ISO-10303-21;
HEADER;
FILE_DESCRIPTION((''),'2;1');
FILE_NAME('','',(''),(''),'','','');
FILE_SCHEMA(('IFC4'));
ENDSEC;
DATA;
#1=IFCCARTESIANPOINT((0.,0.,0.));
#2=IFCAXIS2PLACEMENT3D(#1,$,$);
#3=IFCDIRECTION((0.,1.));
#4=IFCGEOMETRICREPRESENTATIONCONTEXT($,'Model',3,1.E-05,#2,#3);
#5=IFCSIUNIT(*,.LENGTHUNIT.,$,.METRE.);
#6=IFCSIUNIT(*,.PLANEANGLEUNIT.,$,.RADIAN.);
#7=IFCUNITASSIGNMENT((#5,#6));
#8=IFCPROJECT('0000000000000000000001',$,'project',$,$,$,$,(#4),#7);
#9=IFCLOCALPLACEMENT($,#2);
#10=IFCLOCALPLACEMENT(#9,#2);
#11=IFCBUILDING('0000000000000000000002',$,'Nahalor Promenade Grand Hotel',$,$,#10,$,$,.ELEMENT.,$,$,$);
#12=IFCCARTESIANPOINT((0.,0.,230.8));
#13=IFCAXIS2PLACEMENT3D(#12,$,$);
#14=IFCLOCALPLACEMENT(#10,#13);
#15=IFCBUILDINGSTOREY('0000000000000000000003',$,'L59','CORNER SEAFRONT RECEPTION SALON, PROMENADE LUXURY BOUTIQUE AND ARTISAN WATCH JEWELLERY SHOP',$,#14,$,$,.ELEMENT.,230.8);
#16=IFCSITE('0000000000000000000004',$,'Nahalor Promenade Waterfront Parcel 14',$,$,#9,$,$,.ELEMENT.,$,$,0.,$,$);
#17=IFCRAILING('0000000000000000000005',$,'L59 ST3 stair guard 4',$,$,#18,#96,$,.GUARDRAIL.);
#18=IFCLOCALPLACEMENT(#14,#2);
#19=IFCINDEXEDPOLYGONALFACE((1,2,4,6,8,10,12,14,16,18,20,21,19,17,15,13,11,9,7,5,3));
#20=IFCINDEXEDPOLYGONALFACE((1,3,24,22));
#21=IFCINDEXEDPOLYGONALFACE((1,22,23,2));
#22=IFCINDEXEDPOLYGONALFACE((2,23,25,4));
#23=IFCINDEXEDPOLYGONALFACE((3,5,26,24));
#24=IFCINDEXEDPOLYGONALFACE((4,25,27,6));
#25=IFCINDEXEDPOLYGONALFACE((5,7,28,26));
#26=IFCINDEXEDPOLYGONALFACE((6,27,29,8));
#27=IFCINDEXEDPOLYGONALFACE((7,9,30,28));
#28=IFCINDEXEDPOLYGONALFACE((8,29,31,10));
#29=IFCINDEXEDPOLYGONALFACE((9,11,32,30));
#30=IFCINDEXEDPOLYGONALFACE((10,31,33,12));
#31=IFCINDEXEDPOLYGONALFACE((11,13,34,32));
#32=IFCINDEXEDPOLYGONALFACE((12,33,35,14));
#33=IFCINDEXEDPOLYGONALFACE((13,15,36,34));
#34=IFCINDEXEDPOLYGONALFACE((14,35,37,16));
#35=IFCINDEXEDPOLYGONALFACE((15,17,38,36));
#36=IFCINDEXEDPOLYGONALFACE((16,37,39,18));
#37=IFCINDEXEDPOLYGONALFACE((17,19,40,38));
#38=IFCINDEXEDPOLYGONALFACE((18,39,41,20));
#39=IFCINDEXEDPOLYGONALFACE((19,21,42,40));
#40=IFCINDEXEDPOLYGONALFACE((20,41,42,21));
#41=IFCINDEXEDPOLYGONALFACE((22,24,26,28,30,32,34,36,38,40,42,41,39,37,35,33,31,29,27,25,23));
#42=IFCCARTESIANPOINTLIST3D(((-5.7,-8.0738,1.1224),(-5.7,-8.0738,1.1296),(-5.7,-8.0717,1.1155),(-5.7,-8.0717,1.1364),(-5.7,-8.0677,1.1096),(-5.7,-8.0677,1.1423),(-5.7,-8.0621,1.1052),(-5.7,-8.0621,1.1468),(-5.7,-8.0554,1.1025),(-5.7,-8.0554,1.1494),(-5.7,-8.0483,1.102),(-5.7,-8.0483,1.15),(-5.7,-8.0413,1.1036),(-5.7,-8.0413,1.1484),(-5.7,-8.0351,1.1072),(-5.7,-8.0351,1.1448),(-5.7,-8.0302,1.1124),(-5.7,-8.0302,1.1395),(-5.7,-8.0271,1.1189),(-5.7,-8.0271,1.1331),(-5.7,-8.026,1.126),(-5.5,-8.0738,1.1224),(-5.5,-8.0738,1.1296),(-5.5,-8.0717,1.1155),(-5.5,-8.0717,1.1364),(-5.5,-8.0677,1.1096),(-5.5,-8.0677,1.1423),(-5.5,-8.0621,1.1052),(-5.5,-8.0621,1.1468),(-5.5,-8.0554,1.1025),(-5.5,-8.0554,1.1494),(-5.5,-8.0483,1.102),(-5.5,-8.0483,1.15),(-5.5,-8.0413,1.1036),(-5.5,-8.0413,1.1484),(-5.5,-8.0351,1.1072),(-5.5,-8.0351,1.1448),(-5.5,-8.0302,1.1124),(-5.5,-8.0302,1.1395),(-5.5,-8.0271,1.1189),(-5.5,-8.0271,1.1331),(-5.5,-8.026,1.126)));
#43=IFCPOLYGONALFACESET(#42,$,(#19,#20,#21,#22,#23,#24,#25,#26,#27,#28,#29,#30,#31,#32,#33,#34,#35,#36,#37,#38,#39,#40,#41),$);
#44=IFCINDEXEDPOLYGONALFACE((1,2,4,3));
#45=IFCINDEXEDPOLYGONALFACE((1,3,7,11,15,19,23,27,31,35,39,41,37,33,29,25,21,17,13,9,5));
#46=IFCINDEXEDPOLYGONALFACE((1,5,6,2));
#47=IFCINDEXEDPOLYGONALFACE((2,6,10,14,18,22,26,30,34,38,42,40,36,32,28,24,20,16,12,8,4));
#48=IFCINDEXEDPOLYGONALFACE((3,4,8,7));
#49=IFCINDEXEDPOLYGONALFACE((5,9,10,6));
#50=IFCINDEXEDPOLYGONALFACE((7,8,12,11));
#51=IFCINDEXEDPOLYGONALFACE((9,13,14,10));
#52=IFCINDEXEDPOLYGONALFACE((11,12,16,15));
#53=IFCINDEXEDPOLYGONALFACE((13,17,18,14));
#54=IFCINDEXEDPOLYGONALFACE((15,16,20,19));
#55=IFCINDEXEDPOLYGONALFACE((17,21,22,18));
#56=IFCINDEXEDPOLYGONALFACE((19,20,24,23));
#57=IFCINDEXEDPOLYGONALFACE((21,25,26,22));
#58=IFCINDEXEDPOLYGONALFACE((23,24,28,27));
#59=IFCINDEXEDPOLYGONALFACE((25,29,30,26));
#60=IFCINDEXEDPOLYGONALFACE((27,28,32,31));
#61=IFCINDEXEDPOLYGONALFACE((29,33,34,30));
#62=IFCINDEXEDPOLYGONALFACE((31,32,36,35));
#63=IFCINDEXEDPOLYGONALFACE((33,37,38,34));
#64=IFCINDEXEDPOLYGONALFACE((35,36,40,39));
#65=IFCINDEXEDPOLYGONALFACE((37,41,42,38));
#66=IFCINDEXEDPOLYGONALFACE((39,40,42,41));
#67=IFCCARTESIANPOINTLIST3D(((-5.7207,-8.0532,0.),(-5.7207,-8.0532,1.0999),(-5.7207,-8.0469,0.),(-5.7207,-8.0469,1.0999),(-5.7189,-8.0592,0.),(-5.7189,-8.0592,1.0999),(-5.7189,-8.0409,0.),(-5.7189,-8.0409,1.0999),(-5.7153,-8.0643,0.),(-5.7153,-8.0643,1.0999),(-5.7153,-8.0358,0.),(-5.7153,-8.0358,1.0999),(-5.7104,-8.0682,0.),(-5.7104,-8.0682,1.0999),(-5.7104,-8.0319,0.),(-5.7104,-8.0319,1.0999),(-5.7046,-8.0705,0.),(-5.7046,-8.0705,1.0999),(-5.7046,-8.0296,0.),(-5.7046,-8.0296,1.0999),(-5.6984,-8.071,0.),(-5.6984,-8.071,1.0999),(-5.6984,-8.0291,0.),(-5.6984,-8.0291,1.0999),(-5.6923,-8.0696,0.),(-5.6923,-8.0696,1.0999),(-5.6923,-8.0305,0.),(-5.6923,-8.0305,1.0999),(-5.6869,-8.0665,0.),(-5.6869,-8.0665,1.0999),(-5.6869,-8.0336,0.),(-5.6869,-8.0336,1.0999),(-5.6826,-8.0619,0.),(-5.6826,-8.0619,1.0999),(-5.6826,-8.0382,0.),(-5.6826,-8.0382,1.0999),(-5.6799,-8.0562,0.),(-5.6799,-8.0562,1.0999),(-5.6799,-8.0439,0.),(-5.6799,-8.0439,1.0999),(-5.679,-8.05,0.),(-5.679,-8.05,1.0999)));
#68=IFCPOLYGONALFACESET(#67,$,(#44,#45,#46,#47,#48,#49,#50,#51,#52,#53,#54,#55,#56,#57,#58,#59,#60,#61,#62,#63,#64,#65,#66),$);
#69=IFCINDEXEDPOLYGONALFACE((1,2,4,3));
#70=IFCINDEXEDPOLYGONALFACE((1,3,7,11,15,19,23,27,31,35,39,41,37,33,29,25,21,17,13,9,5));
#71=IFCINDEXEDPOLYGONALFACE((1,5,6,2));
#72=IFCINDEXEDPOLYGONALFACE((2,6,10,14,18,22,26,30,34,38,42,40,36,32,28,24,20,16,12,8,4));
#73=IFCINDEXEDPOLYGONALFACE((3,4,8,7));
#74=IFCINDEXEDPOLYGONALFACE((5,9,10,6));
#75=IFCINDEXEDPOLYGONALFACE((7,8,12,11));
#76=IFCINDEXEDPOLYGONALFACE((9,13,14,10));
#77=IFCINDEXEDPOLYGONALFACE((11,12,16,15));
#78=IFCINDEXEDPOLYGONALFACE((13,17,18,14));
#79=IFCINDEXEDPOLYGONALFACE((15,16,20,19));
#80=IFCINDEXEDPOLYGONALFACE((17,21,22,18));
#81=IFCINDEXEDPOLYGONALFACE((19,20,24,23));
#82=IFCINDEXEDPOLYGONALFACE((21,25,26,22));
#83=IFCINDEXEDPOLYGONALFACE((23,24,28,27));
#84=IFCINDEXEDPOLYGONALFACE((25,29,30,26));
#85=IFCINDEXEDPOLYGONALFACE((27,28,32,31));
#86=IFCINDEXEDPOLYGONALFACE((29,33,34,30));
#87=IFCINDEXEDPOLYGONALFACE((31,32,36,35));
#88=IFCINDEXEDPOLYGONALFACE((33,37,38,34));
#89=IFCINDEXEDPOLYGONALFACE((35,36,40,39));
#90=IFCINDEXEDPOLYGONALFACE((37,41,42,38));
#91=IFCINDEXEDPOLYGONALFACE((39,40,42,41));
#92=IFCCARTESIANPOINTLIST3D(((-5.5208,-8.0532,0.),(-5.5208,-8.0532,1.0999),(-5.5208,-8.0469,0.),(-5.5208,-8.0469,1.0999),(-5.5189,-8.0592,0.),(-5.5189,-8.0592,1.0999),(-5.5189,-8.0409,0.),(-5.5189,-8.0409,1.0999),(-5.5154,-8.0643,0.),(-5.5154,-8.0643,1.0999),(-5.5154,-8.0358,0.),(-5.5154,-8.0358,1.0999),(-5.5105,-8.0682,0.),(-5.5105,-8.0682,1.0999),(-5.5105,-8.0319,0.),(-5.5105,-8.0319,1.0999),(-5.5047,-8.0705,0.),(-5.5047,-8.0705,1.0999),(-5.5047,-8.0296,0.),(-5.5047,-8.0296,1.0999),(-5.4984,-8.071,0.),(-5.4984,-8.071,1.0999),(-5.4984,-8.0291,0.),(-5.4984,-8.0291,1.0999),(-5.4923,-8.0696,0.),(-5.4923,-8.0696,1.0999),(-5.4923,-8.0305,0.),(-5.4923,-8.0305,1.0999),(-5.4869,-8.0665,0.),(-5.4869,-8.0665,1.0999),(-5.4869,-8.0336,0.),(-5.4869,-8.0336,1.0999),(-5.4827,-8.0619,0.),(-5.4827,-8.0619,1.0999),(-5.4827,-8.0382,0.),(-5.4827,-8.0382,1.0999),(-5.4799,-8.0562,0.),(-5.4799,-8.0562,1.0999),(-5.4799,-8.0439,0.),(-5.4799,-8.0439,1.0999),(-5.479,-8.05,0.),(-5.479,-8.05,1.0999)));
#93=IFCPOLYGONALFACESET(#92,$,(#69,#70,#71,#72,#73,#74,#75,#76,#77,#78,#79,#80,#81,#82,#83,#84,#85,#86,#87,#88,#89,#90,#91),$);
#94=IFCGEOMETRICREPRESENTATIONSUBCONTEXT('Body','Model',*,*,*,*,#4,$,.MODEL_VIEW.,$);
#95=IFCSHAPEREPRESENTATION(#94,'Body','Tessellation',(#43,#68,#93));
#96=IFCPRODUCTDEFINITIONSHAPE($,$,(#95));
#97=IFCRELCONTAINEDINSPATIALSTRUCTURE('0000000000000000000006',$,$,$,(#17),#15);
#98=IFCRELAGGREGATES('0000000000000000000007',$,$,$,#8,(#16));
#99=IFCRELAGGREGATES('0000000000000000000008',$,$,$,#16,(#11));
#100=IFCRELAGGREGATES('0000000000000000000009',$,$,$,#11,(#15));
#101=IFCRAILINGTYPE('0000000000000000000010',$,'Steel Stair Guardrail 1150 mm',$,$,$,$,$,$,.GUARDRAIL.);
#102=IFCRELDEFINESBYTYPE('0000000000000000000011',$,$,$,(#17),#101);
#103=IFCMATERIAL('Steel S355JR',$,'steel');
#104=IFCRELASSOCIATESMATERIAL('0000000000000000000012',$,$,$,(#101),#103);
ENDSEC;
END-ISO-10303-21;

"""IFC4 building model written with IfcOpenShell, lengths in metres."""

from ifc_helpers import new_model, si_unit, direction, frame, origin, origin_2d, place, context, subcontext, project, spatial, circle, extrude, material, type_object, element, save


model = new_model("IFC4")

# Units and contexts
model_context = context("Model", 3, precision=1e-05, world=origin(), true_north=direction((0.0, 1.0)))
body_context = subcontext(model_context, "Body", "Model", "MODEL_VIEW")
ifc_project = project(units=[si_unit("LENGTHUNIT", "METRE"), si_unit("PLANEANGLEUNIT", "RADIAN")], contexts=[model_context])

# Site, building, storey
site_placement = place(None, origin())
site = spatial("IfcSite", under=ifc_project, at=site_placement, Name="Nahalor Promenade Waterfront Parcel 14", CompositionType="ELEMENT", RefElevation=0.0)
building_placement = place(site_placement, origin())
building = spatial("IfcBuilding", under=site, at=building_placement, Name="Nahalor Promenade Grand Hotel", CompositionType="ELEMENT")
storey_placement = place(building_placement, frame((0.0, 0.0, 230.8)))
storey = spatial("IfcBuildingStorey", under=building, at=storey_placement, Name="L59", Description="CORNER SEAFRONT RECEPTION SALON, PROMENADE LUXURY BOUTIQUE AND ARTISAN WATCH JEWELLERY SHOP", CompositionType="ELEMENT", Elevation=230.8)

# Shared definitions
ifc_material_1 = material(Name="Steel S355JR", Category="steel")

# Railing
railing_type_1 = type_object("IfcRailingType", Name="Steel Stair Guardrail 1150 mm", PredefinedType="GUARDRAIL", material=ifc_material_1)
railing_1_placement = place(storey_placement, frame((-5.7, -8.05, 0.0)))
element("IfcRailing", 1, at=railing_1_placement, inside=storey, type_object=railing_type_1, Name="L59 ST3 stair guard 4", PredefinedType="GUARDRAIL", context=body_context, shape_type="SweptSolid", body=[
    extrude(circle(Radius=0.024, at=origin_2d()), frame((0.0, 0.0, 1.126), z_axis=(1.0, 0.0, 0.0), x_axis=(0.0, 1.0, 0.0)), (0.0, 0.0, 1.0), 0.2),
    extrude(circle(Radius=0.021, at=origin_2d()), origin(), (0.0, 0.0, 1.0), 1.0999),
    extrude(circle(Radius=0.021, at=origin_2d()), frame((0.2, 0.0, 0.0)), (0.0, 0.0, 1.0), 1.0999),
])

save(model, "model.ifc")
